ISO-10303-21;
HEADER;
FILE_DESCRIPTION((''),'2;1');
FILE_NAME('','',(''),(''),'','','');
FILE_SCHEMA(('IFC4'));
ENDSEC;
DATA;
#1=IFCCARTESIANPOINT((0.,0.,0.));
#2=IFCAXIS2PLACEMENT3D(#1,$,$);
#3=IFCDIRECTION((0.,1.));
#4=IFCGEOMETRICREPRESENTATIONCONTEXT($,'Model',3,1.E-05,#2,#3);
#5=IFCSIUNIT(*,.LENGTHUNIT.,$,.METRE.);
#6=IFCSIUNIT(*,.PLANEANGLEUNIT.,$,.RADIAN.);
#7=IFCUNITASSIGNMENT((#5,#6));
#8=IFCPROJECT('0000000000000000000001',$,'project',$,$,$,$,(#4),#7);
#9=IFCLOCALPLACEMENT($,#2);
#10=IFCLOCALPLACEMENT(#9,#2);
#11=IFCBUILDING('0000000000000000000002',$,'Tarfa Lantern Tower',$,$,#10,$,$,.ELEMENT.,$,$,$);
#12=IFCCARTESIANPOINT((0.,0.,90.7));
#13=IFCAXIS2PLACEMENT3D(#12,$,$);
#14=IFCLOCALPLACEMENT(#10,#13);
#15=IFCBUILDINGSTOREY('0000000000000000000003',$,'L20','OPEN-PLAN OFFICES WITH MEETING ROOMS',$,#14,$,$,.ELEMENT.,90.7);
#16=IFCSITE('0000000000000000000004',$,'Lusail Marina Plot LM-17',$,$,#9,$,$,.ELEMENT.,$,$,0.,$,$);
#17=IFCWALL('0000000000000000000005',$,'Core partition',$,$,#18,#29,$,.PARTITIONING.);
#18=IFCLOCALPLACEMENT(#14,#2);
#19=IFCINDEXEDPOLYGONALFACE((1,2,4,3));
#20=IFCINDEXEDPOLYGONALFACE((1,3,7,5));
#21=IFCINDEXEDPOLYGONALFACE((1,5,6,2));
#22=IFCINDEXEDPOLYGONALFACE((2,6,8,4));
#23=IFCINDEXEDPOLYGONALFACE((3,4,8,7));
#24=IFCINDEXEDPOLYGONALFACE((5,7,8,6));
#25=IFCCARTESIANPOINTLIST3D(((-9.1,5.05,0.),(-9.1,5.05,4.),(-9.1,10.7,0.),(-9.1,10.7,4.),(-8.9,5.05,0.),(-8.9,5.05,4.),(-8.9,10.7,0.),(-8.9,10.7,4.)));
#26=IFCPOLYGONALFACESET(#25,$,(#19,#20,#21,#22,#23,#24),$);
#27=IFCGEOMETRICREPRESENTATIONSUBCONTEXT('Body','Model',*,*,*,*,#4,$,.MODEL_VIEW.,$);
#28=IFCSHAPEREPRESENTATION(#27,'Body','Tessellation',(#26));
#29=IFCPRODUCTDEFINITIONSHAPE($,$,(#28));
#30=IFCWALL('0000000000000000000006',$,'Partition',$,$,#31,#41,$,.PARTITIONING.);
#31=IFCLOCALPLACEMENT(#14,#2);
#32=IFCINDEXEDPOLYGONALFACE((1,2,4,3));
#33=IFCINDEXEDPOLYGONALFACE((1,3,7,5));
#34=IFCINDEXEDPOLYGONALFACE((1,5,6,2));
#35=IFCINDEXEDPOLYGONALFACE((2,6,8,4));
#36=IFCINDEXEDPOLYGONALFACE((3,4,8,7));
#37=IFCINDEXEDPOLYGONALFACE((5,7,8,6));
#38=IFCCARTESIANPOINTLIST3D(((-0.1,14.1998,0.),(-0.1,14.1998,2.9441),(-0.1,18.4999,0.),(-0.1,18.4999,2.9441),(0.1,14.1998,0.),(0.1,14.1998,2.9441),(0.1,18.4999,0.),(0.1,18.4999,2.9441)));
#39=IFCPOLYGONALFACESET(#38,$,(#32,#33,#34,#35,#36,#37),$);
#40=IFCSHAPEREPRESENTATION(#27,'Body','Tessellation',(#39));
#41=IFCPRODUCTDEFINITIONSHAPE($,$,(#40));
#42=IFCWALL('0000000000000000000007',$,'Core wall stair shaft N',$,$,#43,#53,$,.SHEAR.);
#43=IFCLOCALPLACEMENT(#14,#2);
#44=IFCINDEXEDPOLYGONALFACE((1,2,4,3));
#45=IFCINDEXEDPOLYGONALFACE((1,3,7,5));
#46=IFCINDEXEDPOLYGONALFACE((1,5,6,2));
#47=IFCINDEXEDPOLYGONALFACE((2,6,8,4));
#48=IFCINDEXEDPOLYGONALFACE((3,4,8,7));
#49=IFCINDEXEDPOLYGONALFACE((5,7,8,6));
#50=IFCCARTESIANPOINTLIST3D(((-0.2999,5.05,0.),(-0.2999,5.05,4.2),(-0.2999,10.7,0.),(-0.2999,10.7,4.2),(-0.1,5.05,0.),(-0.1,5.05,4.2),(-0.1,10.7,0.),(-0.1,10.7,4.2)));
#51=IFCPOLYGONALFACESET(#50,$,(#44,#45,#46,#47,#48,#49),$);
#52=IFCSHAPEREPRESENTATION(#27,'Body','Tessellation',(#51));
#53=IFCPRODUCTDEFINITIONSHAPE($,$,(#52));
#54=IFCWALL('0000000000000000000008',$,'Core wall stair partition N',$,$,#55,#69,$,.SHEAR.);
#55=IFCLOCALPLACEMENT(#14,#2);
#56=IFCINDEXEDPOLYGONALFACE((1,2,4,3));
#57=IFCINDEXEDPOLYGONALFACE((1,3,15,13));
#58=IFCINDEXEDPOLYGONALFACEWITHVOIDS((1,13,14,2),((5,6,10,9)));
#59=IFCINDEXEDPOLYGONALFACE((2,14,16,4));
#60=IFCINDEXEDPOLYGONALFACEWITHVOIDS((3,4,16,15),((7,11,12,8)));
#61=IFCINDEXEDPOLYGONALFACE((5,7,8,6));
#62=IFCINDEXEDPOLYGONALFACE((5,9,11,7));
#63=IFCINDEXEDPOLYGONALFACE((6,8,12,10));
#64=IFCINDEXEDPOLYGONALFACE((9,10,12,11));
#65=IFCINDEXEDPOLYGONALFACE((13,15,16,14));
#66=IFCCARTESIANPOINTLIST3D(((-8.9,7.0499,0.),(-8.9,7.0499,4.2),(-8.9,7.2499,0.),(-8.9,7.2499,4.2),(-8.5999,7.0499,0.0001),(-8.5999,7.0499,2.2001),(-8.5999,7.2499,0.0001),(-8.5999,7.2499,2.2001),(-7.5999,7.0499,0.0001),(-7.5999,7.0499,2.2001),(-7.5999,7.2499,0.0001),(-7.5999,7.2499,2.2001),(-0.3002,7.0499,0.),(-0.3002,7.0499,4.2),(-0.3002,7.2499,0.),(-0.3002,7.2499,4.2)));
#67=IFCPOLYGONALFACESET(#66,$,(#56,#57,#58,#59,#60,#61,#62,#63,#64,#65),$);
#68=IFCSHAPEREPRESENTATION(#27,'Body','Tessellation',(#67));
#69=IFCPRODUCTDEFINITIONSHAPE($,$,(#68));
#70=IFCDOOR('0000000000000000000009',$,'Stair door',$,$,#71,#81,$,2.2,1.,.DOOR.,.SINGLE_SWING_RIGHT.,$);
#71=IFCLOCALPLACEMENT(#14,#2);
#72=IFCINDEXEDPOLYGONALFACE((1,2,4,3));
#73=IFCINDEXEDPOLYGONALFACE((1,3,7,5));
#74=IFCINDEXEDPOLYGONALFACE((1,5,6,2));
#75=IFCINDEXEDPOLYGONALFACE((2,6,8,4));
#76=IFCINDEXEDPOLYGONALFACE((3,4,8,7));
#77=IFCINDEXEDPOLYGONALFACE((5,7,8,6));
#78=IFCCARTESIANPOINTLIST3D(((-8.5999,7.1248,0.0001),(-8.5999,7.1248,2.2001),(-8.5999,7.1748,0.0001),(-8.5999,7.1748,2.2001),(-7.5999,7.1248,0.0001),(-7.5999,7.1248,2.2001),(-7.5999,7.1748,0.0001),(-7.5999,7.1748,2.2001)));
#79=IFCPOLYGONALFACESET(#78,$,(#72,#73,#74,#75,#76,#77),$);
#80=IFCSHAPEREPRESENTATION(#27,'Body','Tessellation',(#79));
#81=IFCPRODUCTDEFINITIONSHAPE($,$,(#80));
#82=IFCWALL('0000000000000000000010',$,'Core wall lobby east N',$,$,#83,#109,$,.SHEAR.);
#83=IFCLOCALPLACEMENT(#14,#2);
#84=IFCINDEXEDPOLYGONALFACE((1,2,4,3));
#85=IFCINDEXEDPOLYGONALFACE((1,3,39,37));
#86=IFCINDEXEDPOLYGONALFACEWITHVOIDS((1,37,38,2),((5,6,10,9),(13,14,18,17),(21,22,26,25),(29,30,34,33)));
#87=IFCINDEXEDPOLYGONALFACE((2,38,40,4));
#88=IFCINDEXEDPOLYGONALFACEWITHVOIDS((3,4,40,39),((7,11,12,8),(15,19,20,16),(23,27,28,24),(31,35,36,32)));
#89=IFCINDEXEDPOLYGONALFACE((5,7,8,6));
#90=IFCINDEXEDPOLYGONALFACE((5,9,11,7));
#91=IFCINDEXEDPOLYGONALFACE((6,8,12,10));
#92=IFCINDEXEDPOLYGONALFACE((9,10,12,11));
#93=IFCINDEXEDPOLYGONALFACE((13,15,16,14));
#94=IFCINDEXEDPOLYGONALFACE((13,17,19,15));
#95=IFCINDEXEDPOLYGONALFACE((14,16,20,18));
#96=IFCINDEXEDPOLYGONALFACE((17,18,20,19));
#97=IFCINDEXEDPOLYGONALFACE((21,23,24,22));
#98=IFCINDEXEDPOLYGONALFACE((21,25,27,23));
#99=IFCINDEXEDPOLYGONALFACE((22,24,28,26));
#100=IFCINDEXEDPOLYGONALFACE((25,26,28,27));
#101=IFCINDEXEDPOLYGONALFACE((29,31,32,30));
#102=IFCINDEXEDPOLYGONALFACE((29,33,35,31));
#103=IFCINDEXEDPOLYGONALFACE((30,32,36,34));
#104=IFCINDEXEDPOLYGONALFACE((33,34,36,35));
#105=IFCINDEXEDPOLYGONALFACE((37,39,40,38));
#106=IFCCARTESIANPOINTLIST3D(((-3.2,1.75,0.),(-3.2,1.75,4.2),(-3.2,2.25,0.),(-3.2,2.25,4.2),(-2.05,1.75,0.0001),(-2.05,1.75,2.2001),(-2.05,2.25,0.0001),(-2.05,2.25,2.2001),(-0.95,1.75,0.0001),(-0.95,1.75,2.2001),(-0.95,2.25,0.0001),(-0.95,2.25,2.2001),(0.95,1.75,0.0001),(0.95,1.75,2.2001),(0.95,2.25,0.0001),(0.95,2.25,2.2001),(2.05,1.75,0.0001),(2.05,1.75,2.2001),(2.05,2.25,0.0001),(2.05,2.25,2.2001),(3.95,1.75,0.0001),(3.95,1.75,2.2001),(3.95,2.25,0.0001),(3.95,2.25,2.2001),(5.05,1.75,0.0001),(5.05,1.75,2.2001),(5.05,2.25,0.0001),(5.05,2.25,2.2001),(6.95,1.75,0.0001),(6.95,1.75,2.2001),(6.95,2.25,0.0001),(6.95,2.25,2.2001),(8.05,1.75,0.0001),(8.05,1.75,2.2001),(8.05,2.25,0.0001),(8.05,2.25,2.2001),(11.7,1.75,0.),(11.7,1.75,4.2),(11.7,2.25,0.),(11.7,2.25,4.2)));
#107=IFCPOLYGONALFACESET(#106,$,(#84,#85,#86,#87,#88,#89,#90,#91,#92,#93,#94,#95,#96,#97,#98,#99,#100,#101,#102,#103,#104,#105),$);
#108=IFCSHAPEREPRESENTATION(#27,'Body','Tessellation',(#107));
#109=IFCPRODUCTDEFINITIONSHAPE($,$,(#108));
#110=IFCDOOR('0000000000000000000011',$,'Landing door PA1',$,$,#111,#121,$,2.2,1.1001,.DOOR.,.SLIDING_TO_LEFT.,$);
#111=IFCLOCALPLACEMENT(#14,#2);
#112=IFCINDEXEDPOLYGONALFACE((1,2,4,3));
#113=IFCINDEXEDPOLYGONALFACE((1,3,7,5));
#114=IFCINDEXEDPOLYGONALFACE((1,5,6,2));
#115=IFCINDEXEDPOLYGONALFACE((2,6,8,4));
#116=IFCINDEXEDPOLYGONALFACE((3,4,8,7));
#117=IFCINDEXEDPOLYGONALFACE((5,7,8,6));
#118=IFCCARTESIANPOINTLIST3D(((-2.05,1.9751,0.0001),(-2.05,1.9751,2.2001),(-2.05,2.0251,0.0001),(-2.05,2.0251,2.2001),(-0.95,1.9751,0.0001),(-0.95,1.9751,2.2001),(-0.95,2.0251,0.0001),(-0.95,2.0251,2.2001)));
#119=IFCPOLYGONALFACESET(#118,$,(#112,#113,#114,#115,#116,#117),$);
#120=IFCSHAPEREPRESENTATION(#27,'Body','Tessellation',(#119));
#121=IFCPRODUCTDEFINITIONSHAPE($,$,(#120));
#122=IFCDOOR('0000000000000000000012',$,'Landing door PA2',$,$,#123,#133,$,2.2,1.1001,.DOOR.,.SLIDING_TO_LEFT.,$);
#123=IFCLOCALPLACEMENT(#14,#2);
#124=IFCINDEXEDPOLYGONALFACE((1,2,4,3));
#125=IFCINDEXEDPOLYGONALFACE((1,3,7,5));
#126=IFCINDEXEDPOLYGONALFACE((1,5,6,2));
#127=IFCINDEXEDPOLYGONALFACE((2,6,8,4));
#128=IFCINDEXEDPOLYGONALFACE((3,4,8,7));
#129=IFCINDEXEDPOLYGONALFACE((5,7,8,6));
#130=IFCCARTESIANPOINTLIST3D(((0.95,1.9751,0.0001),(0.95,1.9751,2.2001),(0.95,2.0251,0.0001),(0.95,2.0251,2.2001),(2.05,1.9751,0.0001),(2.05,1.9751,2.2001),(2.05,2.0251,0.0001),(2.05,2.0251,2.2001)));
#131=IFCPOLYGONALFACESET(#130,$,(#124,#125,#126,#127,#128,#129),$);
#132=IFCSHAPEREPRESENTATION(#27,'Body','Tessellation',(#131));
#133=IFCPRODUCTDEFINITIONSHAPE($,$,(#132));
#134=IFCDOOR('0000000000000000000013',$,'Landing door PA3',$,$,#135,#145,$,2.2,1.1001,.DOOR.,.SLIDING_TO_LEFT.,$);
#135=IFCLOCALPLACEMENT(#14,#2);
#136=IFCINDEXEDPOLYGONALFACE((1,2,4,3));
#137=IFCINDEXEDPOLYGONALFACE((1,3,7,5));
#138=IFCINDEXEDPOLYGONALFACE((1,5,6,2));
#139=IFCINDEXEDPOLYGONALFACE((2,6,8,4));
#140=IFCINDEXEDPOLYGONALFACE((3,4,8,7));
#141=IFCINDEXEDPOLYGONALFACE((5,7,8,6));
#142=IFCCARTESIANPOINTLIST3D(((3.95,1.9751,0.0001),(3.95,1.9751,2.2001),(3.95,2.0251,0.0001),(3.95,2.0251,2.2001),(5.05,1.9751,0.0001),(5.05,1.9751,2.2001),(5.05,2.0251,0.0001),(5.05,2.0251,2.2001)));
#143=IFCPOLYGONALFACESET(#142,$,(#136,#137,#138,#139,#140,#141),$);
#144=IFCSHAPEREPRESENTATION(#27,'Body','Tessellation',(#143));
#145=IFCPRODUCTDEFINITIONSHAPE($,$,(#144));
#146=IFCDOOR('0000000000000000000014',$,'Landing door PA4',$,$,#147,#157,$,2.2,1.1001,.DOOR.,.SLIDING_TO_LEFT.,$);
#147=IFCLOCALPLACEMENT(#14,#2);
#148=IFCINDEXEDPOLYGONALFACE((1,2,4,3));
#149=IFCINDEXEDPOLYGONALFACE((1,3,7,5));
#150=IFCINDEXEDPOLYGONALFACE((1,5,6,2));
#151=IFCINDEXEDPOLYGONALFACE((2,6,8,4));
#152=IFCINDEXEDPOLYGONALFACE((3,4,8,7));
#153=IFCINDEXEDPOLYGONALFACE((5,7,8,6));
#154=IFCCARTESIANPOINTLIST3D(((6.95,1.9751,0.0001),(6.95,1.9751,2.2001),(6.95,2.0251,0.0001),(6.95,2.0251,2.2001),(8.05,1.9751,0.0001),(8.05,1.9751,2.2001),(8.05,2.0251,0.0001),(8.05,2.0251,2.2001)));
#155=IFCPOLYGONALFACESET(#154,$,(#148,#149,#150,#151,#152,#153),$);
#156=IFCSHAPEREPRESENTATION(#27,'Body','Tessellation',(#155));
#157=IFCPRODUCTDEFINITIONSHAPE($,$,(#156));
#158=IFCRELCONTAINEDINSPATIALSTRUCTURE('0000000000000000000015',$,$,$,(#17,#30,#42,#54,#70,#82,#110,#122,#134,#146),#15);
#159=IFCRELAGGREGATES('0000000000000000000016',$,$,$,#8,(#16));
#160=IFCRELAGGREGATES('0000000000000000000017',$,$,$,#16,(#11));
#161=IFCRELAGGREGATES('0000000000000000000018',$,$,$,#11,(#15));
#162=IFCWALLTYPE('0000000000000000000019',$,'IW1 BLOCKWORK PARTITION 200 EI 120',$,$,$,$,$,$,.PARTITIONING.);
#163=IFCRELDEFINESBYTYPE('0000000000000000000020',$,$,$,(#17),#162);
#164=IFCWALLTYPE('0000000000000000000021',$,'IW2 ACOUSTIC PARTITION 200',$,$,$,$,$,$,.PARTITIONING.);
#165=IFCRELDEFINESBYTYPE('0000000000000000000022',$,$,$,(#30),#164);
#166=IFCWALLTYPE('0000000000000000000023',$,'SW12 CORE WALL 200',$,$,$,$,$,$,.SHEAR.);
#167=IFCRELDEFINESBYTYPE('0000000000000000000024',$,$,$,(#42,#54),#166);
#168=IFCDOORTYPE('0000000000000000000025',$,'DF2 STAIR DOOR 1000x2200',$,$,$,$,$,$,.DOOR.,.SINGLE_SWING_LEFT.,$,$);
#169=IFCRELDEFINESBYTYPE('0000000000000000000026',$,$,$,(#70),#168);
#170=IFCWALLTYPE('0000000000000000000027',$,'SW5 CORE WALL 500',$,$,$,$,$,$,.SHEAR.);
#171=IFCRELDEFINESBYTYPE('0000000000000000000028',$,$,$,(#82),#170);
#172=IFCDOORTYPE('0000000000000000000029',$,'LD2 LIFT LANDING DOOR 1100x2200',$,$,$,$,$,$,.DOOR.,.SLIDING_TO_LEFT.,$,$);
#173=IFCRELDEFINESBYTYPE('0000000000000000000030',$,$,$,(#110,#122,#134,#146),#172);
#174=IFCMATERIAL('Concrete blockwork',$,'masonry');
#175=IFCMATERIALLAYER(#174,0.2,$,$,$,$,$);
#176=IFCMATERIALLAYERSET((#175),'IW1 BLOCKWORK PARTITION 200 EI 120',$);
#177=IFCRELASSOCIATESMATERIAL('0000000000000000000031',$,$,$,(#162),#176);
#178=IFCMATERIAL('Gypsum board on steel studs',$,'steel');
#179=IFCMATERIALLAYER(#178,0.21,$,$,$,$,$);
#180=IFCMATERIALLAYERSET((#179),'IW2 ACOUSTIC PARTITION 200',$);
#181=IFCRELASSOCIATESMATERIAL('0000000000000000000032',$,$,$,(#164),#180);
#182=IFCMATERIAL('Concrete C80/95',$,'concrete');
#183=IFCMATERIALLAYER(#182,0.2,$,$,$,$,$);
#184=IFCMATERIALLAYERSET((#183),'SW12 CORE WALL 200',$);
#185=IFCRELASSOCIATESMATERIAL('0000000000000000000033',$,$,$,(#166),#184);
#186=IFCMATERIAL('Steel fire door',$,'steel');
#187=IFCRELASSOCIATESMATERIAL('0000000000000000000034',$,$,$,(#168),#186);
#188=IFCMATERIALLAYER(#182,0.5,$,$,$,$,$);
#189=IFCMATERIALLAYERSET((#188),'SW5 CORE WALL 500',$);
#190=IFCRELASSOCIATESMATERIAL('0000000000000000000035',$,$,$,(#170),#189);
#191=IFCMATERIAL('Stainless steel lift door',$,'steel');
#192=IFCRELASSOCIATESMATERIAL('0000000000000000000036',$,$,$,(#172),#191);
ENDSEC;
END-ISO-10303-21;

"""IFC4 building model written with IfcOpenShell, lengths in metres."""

from ifc_helpers import new_model, si_unit, direction, frame, frame_2d, origin, place, context, subcontext, project, spatial, rectangle, extrude, material, layer, layer_set, type_object, element, fill, save


model = new_model("IFC4")

# Units and contexts
model_context = context("Model", 3, precision=1e-05, world=origin(), true_north=direction((0.0, 1.0)))
body_context = subcontext(model_context, "Body", "Model", "MODEL_VIEW")
ifc_project = project(units=[si_unit("LENGTHUNIT", "METRE"), si_unit("PLANEANGLEUNIT", "RADIAN")], contexts=[model_context])

# Site, building, storey
site_placement = place(None, origin())
site = spatial("IfcSite", under=ifc_project, at=site_placement, Name="Lusail Marina Plot LM-17", CompositionType="ELEMENT", RefElevation=0.0)
building_placement = place(site_placement, origin())
building = spatial("IfcBuilding", under=site, at=building_placement, Name="Tarfa Lantern Tower", CompositionType="ELEMENT")
storey_placement = place(building_placement, frame((0.0, 0.0, 90.7)))
storey = spatial("IfcBuildingStorey", under=building, at=storey_placement, Name="L20", Description="OPEN-PLAN OFFICES WITH MEETING ROOMS", CompositionType="ELEMENT", Elevation=90.7)

# Walls
ifc_material_1 = material(Name="Concrete blockwork", Category="masonry")
ifc_layer_1 = layer(ifc_material_1, 0.2)
ifc_layer_set_1 = layer_set([ifc_layer_1], Name="IW1 BLOCKWORK PARTITION 200 EI 120")
wall_type_1 = type_object("IfcWallType", Name="IW1 BLOCKWORK PARTITION 200 EI 120", PredefinedType="PARTITIONING", material=ifc_layer_set_1)
wall_1_placement = place(storey_placement, frame((-9.0, 5.05, 0.0), z_axis=(0.0, 0.0, 1.0), x_axis=(0.0, 1.0, 0.0)))
element("IfcWall", 1, at=wall_1_placement, inside=storey, type_object=wall_type_1, Name="Core partition", PredefinedType="PARTITIONING", context=body_context, shape_type="SweptSolid", body=[
    extrude(rectangle(XDim=5.6499, YDim=0.2, at=frame_2d((2.825, 0.0))), origin(), (0.0, 0.0, 1.0), 4.0),
])
ifc_material_2 = material(Name="Gypsum board on steel studs", Category="steel")
ifc_layer_2 = layer(ifc_material_2, 0.21)
ifc_layer_set_2 = layer_set([ifc_layer_2], Name="IW2 ACOUSTIC PARTITION 200")
wall_type_2 = type_object("IfcWallType", Name="IW2 ACOUSTIC PARTITION 200", PredefinedType="PARTITIONING", material=ifc_layer_set_2)
wall_2_placement = place(storey_placement, frame((0.0, 14.2, 0.0), z_axis=(0.0, 0.0, 1.0), x_axis=(0.0, 1.0, 0.0)))
element("IfcWall", 2, at=wall_2_placement, inside=storey, type_object=wall_type_2, Name="Partition", PredefinedType="PARTITIONING", context=body_context, shape_type="SweptSolid", body=[
    extrude(rectangle(XDim=4.3, YDim=0.2, at=frame_2d((2.1499, 0.0))), origin(), (0.0, 0.0, 1.0), 2.9441),
])
ifc_material_3 = material(Name="Concrete C80/95", Category="concrete")
ifc_layer_3 = layer(ifc_material_3, 0.2)
ifc_layer_set_3 = layer_set([ifc_layer_3], Name="SW12 CORE WALL 200")
wall_type_3 = type_object("IfcWallType", Name="SW12 CORE WALL 200", PredefinedType="SHEAR", material=ifc_layer_set_3)
wall_3_placement = place(storey_placement, frame((-0.2, 5.05, 0.0), z_axis=(0.0, 0.0, 1.0), x_axis=(0.0, 1.0, 0.0)))
element("IfcWall", 3, at=wall_3_placement, inside=storey, type_object=wall_type_3, Name="Core wall stair shaft N", PredefinedType="SHEAR", context=body_context, shape_type="SweptSolid", body=[
    extrude(rectangle(XDim=5.6499, YDim=0.2, at=frame_2d((2.825, 0.0))), origin(), (0.0, 0.0, 1.0), 4.2),
])

# Wall, opening, door
wall_4_placement = place(storey_placement, frame((-8.8999, 7.1499, 0.0), z_axis=(0.0, 0.0, 1.0), x_axis=(1.0, 0.0, 0.0)))
wall_4 = element("IfcWall", 4, at=wall_4_placement, inside=storey, type_object=wall_type_3, Name="Core wall stair partition N", PredefinedType="SHEAR", context=body_context, shape_type="SweptSolid", body=[
    extrude(rectangle(XDim=8.5999, YDim=0.2, at=frame_2d((4.2998, 0.0))), origin(), (0.0, 0.0, 1.0), 4.2),
])
opening_1_placement = place(wall_4_placement, frame((0.3, 0.0, 0.0)))
opening_1 = element("IfcOpeningElement", 5, at=opening_1_placement, cuts=wall_4, PredefinedType="OPENING", context=body_context, shape_type="SweptSolid", body=[
    extrude(rectangle(XDim=1.0, YDim=2.2, at=frame_2d((0.5, 1.1001))), frame((0.0, 0.1099, 0.0), z_axis=(0.0, -1.0, 0.0), x_axis=(1.0, 0.0, 0.0)), (0.0, 0.0, 1.0), 0.22),
])
ifc_material_4 = material(Name="Steel fire door", Category="steel")
door_type_1 = type_object("IfcDoorType", Name="DF2 STAIR DOOR 1000x2200", OperationType="SINGLE_SWING_LEFT", PredefinedType="DOOR", material=ifc_material_4)
door_1_placement = place(opening_1_placement, origin())
door_1 = element("IfcDoor", 6, at=door_1_placement, inside=storey, type_object=door_type_1, Name="Stair door", OperationType="SINGLE_SWING_RIGHT", OverallHeight=2.2, OverallWidth=1.0, PredefinedType="DOOR", context=body_context, shape_type="SweptSolid", body=[
    extrude(rectangle(XDim=1.0, YDim=2.2, at=frame_2d((0.5, 1.1001))), frame((0.0, 0.0249, 0.0), z_axis=(0.0, -1.0, 0.0), x_axis=(1.0, 0.0, 0.0)), (0.0, 0.0, 1.0), 0.05),
])
fill(opening_1, door_1)

# Wall, openings, doors
ifc_layer_4 = layer(ifc_material_3, 0.5)
ifc_layer_set_4 = layer_set([ifc_layer_4], Name="SW5 CORE WALL 500")
wall_type_4 = type_object("IfcWallType", Name="SW5 CORE WALL 500", PredefinedType="SHEAR", material=ifc_layer_set_4)
wall_5_placement = place(storey_placement, frame((-3.2, 2.0, 0.0), z_axis=(0.0, 0.0, 1.0), x_axis=(1.0, 0.0, 0.0)))
wall_5 = element("IfcWall", 7, at=wall_5_placement, inside=storey, type_object=wall_type_4, Name="Core wall lobby east N", PredefinedType="SHEAR", context=body_context, shape_type="SweptSolid", body=[
    extrude(rectangle(XDim=14.8999, YDim=0.5, at=frame_2d((7.45, 0.0))), origin(), (0.0, 0.0, 1.0), 4.2),
])
opening_2_placement = place(wall_5_placement, frame((1.1499, 0.0, 0.0)))
opening_2 = element("IfcOpeningElement", 8, at=opening_2_placement, cuts=wall_5, PredefinedType="OPENING", context=body_context, shape_type="SweptSolid", body=[
    extrude(rectangle(XDim=1.1001, YDim=2.2, at=frame_2d((0.55, 1.1001))), frame((0.0, 0.26, 0.0), z_axis=(0.0, -1.0, 0.0), x_axis=(1.0, 0.0, 0.0)), (0.0, 0.0, 1.0), 0.52),
])
opening_3_placement = place(wall_5_placement, frame((4.1499, 0.0, 0.0)))
opening_3 = element("IfcOpeningElement", 9, at=opening_3_placement, cuts=wall_5, PredefinedType="OPENING", context=body_context, shape_type="SweptSolid", body=[
    extrude(rectangle(XDim=1.1001, YDim=2.2, at=frame_2d((0.55, 1.1001))), frame((0.0, 0.26, 0.0), z_axis=(0.0, -1.0, 0.0), x_axis=(1.0, 0.0, 0.0)), (0.0, 0.0, 1.0), 0.52),
])
opening_4_placement = place(wall_5_placement, frame((7.1499, 0.0, 0.0)))
opening_4 = element("IfcOpeningElement", 10, at=opening_4_placement, cuts=wall_5, PredefinedType="OPENING", context=body_context, shape_type="SweptSolid", body=[
    extrude(rectangle(XDim=1.1001, YDim=2.2, at=frame_2d((0.55, 1.1001))), frame((0.0, 0.26, 0.0), z_axis=(0.0, -1.0, 0.0), x_axis=(1.0, 0.0, 0.0)), (0.0, 0.0, 1.0), 0.52),
])
opening_5_placement = place(wall_5_placement, frame((10.1499, 0.0, 0.0)))
opening_5 = element("IfcOpeningElement", 11, at=opening_5_placement, cuts=wall_5, PredefinedType="OPENING", context=body_context, shape_type="SweptSolid", body=[
    extrude(rectangle(XDim=1.1001, YDim=2.2, at=frame_2d((0.55, 1.1001))), frame((0.0, 0.26, 0.0), z_axis=(0.0, -1.0, 0.0), x_axis=(1.0, 0.0, 0.0)), (0.0, 0.0, 1.0), 0.52),
])
ifc_material_5 = material(Name="Stainless steel lift door", Category="steel")
door_type_2 = type_object("IfcDoorType", Name="LD2 LIFT LANDING DOOR 1100x2200", OperationType="SLIDING_TO_LEFT", PredefinedType="DOOR", material=ifc_material_5)
door_2_placement = place(opening_2_placement, frame((1.1001, 0.0, 0.0), z_axis=(0.0, 0.0, 1.0), x_axis=(-1.0, 0.0, 0.0)))
door_2 = element("IfcDoor", 12, at=door_2_placement, inside=storey, type_object=door_type_2, Name="Landing door PA1", OperationType="SLIDING_TO_LEFT", OverallHeight=2.2, OverallWidth=1.1001, PredefinedType="DOOR", context=body_context, shape_type="SweptSolid", body=[
    extrude(rectangle(XDim=1.1001, YDim=2.2, at=frame_2d((0.55, 1.1001))), frame((0.0, 0.0249, 0.0), z_axis=(0.0, -1.0, 0.0), x_axis=(1.0, 0.0, 0.0)), (0.0, 0.0, 1.0), 0.05),
])
fill(opening_2, door_2)
door_3_placement = place(opening_3_placement, frame((1.1001, 0.0, 0.0), z_axis=(0.0, 0.0, 1.0), x_axis=(-1.0, 0.0, 0.0)))
door_3 = element("IfcDoor", 13, at=door_3_placement, inside=storey, type_object=door_type_2, Name="Landing door PA2", OperationType="SLIDING_TO_LEFT", OverallHeight=2.2, OverallWidth=1.1001, PredefinedType="DOOR", context=body_context, shape_type="SweptSolid", body=[
    extrude(rectangle(XDim=1.1001, YDim=2.2, at=frame_2d((0.55, 1.1001))), frame((0.0, 0.0249, 0.0), z_axis=(0.0, -1.0, 0.0), x_axis=(1.0, 0.0, 0.0)), (0.0, 0.0, 1.0), 0.05),
])
fill(opening_3, door_3)
door_4_placement = place(opening_4_placement, frame((1.1001, 0.0, 0.0), z_axis=(0.0, 0.0, 1.0), x_axis=(-1.0, 0.0, 0.0)))
door_4 = element("IfcDoor", 14, at=door_4_placement, inside=storey, type_object=door_type_2, Name="Landing door PA3", OperationType="SLIDING_TO_LEFT", OverallHeight=2.2, OverallWidth=1.1001, PredefinedType="DOOR", context=body_context, shape_type="SweptSolid", body=[
    extrude(rectangle(XDim=1.1001, YDim=2.2, at=frame_2d((0.55, 1.1001))), frame((0.0, 0.0249, 0.0), z_axis=(0.0, -1.0, 0.0), x_axis=(1.0, 0.0, 0.0)), (0.0, 0.0, 1.0), 0.05),
])
fill(opening_4, door_4)
door_5_placement = place(opening_5_placement, frame((1.1001, 0.0, 0.0), z_axis=(0.0, 0.0, 1.0), x_axis=(-1.0, 0.0, 0.0)))
door_5 = element("IfcDoor", 15, at=door_5_placement, inside=storey, type_object=door_type_2, Name="Landing door PA4", OperationType="SLIDING_TO_LEFT", OverallHeight=2.2, OverallWidth=1.1001, PredefinedType="DOOR", context=body_context, shape_type="SweptSolid", body=[
    extrude(rectangle(XDim=1.1001, YDim=2.2, at=frame_2d((0.55, 1.1001))), frame((0.0, 0.0249, 0.0), z_axis=(0.0, -1.0, 0.0), x_axis=(1.0, 0.0, 0.0)), (0.0, 0.0, 1.0), 0.05),
])
fill(opening_5, door_5)

save(model, "model.ifc")
